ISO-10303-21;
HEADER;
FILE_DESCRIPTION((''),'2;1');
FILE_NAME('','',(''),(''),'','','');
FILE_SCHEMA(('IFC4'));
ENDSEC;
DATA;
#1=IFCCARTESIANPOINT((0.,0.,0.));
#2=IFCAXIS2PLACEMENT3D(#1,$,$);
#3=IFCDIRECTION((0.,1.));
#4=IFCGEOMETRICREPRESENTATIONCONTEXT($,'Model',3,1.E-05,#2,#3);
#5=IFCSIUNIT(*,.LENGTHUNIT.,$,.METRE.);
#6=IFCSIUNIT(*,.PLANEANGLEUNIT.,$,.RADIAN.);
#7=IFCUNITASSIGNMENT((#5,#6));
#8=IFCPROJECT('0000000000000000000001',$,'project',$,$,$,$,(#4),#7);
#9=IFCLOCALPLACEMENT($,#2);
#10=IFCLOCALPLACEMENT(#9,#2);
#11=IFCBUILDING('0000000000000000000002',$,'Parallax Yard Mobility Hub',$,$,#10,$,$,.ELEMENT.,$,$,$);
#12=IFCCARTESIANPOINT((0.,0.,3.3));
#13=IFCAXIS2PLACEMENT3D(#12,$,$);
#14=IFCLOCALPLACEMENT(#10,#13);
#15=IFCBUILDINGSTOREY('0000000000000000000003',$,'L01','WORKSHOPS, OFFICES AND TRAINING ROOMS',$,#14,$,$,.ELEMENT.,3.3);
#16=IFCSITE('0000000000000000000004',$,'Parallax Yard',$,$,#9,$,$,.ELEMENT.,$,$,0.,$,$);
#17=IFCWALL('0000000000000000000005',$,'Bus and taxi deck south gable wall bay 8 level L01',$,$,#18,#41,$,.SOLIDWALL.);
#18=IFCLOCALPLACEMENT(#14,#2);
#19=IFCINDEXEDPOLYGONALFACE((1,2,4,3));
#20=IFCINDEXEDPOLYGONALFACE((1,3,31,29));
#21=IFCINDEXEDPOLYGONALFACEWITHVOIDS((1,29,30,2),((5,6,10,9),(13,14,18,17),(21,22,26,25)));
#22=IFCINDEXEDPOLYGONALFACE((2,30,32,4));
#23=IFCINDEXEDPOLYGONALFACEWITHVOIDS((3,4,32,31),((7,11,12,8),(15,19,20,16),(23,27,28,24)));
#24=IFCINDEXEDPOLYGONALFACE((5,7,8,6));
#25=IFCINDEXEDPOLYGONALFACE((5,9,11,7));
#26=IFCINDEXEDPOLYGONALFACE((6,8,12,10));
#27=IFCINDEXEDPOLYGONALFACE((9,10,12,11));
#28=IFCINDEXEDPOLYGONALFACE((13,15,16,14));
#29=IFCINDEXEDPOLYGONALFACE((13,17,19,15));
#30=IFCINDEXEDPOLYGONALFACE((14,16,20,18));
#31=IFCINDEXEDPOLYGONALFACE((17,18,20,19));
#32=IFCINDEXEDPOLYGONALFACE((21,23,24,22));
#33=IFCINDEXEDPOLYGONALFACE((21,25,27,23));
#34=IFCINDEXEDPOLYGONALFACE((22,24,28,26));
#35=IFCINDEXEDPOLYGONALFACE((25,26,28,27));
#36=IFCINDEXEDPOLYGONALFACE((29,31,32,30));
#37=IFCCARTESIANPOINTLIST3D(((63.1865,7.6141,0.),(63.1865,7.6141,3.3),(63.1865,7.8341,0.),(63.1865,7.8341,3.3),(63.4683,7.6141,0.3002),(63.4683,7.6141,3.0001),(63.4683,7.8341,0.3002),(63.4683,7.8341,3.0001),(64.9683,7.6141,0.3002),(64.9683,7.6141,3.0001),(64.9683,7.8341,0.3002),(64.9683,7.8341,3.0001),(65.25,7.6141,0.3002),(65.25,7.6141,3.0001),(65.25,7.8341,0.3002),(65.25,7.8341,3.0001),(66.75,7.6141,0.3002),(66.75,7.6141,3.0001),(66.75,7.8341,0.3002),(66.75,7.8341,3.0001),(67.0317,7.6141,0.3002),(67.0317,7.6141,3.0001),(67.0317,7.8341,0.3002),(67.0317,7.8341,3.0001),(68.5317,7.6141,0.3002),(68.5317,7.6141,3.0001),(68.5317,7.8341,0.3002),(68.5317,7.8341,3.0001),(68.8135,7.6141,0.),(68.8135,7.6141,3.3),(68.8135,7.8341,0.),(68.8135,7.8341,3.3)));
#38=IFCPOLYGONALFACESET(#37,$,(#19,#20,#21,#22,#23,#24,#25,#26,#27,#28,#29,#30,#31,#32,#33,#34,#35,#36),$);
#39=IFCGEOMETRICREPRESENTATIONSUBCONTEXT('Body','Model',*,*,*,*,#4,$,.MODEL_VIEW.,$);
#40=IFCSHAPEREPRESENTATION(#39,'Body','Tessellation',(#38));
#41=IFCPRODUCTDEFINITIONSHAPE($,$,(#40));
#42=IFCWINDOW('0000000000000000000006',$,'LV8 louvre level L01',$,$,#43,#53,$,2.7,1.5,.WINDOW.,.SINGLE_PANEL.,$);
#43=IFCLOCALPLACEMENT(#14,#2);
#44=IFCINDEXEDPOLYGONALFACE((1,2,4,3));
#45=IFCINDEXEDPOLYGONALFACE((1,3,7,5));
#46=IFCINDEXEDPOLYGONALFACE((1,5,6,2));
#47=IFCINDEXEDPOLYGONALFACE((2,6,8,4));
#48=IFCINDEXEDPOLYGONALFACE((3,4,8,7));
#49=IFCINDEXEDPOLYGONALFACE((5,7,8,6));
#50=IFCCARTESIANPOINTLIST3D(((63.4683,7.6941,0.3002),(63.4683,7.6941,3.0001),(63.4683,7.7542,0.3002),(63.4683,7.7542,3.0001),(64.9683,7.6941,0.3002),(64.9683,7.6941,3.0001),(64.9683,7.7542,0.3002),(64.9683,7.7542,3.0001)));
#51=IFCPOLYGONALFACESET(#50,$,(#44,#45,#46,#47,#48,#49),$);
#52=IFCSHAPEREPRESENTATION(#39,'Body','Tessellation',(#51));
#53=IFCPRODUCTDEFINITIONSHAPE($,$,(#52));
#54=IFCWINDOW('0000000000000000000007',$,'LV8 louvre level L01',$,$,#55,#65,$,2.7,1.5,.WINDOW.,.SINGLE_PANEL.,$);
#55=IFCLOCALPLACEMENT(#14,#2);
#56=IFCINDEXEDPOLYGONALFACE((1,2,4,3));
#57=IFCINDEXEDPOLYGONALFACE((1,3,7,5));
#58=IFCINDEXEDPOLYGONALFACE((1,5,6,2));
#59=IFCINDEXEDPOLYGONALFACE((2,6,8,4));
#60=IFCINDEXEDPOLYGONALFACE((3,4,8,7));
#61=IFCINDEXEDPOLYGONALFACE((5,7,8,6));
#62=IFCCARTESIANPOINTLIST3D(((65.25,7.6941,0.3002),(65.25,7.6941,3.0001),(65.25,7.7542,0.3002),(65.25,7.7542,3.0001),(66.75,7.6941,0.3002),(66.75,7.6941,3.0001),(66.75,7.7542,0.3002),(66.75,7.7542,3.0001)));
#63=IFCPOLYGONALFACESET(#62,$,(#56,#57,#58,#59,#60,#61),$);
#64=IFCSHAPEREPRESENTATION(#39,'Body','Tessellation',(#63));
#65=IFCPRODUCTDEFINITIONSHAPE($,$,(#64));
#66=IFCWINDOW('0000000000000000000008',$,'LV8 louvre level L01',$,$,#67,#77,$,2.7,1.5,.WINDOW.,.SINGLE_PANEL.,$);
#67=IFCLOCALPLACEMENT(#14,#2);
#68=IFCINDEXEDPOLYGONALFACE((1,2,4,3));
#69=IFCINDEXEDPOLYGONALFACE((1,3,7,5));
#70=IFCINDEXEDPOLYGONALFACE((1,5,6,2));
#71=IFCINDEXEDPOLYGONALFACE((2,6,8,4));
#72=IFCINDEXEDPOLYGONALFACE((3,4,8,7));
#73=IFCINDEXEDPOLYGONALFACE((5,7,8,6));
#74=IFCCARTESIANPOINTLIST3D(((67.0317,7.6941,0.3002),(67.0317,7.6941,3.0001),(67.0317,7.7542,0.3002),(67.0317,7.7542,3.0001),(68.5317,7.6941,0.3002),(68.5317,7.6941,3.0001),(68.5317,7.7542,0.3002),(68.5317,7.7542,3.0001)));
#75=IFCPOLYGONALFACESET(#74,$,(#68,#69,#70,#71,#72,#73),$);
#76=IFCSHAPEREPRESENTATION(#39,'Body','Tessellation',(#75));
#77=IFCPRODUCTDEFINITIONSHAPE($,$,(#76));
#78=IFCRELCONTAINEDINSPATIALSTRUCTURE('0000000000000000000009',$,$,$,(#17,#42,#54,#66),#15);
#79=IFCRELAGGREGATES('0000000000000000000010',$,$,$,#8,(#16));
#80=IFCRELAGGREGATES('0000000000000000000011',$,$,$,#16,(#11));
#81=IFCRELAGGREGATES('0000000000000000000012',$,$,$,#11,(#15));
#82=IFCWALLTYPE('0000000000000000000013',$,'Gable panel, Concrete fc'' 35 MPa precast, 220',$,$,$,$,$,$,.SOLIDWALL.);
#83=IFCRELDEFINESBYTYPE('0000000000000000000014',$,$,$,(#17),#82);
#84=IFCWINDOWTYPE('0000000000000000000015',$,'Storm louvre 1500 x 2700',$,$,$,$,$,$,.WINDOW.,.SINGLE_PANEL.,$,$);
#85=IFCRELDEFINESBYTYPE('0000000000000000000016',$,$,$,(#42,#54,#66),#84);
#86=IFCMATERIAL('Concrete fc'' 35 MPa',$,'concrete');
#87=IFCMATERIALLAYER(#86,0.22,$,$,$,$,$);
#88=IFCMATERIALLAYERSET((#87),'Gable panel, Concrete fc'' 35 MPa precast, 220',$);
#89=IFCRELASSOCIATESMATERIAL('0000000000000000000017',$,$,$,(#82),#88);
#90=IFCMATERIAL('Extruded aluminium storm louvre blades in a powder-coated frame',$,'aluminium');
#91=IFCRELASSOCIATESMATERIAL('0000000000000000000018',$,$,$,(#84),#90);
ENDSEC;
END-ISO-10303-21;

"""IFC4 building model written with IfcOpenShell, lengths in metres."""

from ifc_helpers import new_model, si_unit, direction, frame, frame_2d, origin, place, context, subcontext, project, spatial, rectangle, extrude, material, layer, layer_set, type_object, element, fill, save


model = new_model("IFC4")

# Units and contexts
model_context = context("Model", 3, precision=1e-05, world=origin(), true_north=direction((0.0, 1.0)))
body_context = subcontext(model_context, "Body", "Model", "MODEL_VIEW")
ifc_project = project(units=[si_unit("LENGTHUNIT", "METRE"), si_unit("PLANEANGLEUNIT", "RADIAN")], contexts=[model_context])

# Site, building, storey
site_placement = place(None, origin())
site = spatial("IfcSite", under=ifc_project, at=site_placement, Name="Parallax Yard", CompositionType="ELEMENT", RefElevation=0.0)
building_placement = place(site_placement, origin())
building = spatial("IfcBuilding", under=site, at=building_placement, Name="Parallax Yard Mobility Hub", CompositionType="ELEMENT")
storey_placement = place(building_placement, frame((0.0, 0.0, 3.3)))
storey = spatial("IfcBuildingStorey", under=building, at=storey_placement, Name="L01", Description="WORKSHOPS, OFFICES AND TRAINING ROOMS", CompositionType="ELEMENT", Elevation=3.3)

# Wall, openings, windows
ifc_material_1 = material(Name="Concrete fc' 35 MPa", Category="concrete")
ifc_layer = layer(ifc_material_1, 0.22)
ifc_layer_set = layer_set([ifc_layer], Name="Gable panel, Concrete fc' 35 MPa precast, 220")
wall_type = type_object("IfcWallType", Name="Gable panel, Concrete fc' 35 MPa precast, 220", PredefinedType="SOLIDWALL", material=ifc_layer_set)
ifc_material_2 = material(Name="Extruded aluminium storm louvre blades in a powder-coated frame", Category="aluminium")
window_type = type_object("IfcWindowType", Name="Storm louvre 1500 x 2700", PartitioningType="SINGLE_PANEL", PredefinedType="WINDOW", material=ifc_material_2)
wall_1_placement = place(storey_placement, frame((63.1865, 7.7241, 0.0), z_axis=(0.0, 0.0, 1.0), x_axis=(1.0, 0.0, 0.0)))
wall_1 = element("IfcWall", 1, at=wall_1_placement, inside=storey, type_object=wall_type, Name="Bus and taxi deck south gable wall bay 8 level L01", PredefinedType="SOLIDWALL", context=body_context, shape_type="SweptSolid", body=[
    extrude(rectangle(XDim=5.627, YDim=0.22, at=frame_2d((2.8135, 0.0))), origin(), (0.0, 0.0, 1.0), 3.3),
])
opening_1_placement = place(wall_1_placement, frame((0.2817, 0.0, 0.3)))
opening_1 = element("IfcOpeningElement", 2, at=opening_1_placement, cuts=wall_1, PredefinedType="OPENING", context=body_context, shape_type="SweptSolid", body=[
    extrude(rectangle(XDim=1.5, YDim=2.7, at=frame_2d((0.75, 1.3501))), frame((0.0, 0.1201, 0.0), z_axis=(0.0, -1.0, 0.0), x_axis=(1.0, 0.0, 0.0)), (0.0, 0.0, 1.0), 0.24),
])
opening_2_placement = place(wall_1_placement, frame((2.0635, 0.0, 0.3)))
opening_2 = element("IfcOpeningElement", 3, at=opening_2_placement, cuts=wall_1, PredefinedType="OPENING", context=body_context, shape_type="SweptSolid", body=[
    extrude(rectangle(XDim=1.5, YDim=2.7, at=frame_2d((0.75, 1.3501))), frame((0.0, 0.1201, 0.0), z_axis=(0.0, -1.0, 0.0), x_axis=(1.0, 0.0, 0.0)), (0.0, 0.0, 1.0), 0.24),
])
opening_3_placement = place(wall_1_placement, frame((3.8452, 0.0, 0.3)))
opening_3 = element("IfcOpeningElement", 4, at=opening_3_placement, cuts=wall_1, PredefinedType="OPENING", context=body_context, shape_type="SweptSolid", body=[
    extrude(rectangle(XDim=1.5, YDim=2.7, at=frame_2d((0.75, 1.3501))), frame((0.0, 0.1201, 0.0), z_axis=(0.0, -1.0, 0.0), x_axis=(1.0, 0.0, 0.0)), (0.0, 0.0, 1.0), 0.24),
])
window_1_placement = place(opening_1_placement, origin())
window_1 = element("IfcWindow", 5, at=window_1_placement, inside=storey, type_object=window_type, Name="LV8 louvre level L01", OverallHeight=2.7, OverallWidth=1.5, PartitioningType="SINGLE_PANEL", PredefinedType="WINDOW", context=body_context, shape_type="SweptSolid", body=[
    extrude(rectangle(XDim=1.5, YDim=2.7, at=frame_2d((0.75, 1.3501))), frame((0.0, 0.03, 0.0), z_axis=(0.0, -1.0, 0.0), x_axis=(1.0, 0.0, 0.0)), (0.0, 0.0, 1.0), 0.0601),
])
fill(opening_1, window_1)
window_2_placement = place(opening_2_placement, origin())
window_2 = element("IfcWindow", 6, at=window_2_placement, inside=storey, type_object=window_type, Name="LV8 louvre level L01", OverallHeight=2.7, OverallWidth=1.5, PartitioningType="SINGLE_PANEL", PredefinedType="WINDOW", context=body_context, shape_type="SweptSolid", body=[
    extrude(rectangle(XDim=1.5, YDim=2.7, at=frame_2d((0.75, 1.3501))), frame((0.0, 0.03, 0.0), z_axis=(0.0, -1.0, 0.0), x_axis=(1.0, 0.0, 0.0)), (0.0, 0.0, 1.0), 0.0601),
])
fill(opening_2, window_2)
window_3_placement = place(opening_3_placement, origin())
window_3 = element("IfcWindow", 7, at=window_3_placement, inside=storey, type_object=window_type, Name="LV8 louvre level L01", OverallHeight=2.7, OverallWidth=1.5, PartitioningType="SINGLE_PANEL", PredefinedType="WINDOW", context=body_context, shape_type="SweptSolid", body=[
    extrude(rectangle(XDim=1.5, YDim=2.7, at=frame_2d((0.75, 1.3501))), frame((0.0, 0.03, 0.0), z_axis=(0.0, -1.0, 0.0), x_axis=(1.0, 0.0, 0.0)), (0.0, 0.0, 1.0), 0.0601),
])
fill(opening_3, window_3)

save(model, "model.ifc")
